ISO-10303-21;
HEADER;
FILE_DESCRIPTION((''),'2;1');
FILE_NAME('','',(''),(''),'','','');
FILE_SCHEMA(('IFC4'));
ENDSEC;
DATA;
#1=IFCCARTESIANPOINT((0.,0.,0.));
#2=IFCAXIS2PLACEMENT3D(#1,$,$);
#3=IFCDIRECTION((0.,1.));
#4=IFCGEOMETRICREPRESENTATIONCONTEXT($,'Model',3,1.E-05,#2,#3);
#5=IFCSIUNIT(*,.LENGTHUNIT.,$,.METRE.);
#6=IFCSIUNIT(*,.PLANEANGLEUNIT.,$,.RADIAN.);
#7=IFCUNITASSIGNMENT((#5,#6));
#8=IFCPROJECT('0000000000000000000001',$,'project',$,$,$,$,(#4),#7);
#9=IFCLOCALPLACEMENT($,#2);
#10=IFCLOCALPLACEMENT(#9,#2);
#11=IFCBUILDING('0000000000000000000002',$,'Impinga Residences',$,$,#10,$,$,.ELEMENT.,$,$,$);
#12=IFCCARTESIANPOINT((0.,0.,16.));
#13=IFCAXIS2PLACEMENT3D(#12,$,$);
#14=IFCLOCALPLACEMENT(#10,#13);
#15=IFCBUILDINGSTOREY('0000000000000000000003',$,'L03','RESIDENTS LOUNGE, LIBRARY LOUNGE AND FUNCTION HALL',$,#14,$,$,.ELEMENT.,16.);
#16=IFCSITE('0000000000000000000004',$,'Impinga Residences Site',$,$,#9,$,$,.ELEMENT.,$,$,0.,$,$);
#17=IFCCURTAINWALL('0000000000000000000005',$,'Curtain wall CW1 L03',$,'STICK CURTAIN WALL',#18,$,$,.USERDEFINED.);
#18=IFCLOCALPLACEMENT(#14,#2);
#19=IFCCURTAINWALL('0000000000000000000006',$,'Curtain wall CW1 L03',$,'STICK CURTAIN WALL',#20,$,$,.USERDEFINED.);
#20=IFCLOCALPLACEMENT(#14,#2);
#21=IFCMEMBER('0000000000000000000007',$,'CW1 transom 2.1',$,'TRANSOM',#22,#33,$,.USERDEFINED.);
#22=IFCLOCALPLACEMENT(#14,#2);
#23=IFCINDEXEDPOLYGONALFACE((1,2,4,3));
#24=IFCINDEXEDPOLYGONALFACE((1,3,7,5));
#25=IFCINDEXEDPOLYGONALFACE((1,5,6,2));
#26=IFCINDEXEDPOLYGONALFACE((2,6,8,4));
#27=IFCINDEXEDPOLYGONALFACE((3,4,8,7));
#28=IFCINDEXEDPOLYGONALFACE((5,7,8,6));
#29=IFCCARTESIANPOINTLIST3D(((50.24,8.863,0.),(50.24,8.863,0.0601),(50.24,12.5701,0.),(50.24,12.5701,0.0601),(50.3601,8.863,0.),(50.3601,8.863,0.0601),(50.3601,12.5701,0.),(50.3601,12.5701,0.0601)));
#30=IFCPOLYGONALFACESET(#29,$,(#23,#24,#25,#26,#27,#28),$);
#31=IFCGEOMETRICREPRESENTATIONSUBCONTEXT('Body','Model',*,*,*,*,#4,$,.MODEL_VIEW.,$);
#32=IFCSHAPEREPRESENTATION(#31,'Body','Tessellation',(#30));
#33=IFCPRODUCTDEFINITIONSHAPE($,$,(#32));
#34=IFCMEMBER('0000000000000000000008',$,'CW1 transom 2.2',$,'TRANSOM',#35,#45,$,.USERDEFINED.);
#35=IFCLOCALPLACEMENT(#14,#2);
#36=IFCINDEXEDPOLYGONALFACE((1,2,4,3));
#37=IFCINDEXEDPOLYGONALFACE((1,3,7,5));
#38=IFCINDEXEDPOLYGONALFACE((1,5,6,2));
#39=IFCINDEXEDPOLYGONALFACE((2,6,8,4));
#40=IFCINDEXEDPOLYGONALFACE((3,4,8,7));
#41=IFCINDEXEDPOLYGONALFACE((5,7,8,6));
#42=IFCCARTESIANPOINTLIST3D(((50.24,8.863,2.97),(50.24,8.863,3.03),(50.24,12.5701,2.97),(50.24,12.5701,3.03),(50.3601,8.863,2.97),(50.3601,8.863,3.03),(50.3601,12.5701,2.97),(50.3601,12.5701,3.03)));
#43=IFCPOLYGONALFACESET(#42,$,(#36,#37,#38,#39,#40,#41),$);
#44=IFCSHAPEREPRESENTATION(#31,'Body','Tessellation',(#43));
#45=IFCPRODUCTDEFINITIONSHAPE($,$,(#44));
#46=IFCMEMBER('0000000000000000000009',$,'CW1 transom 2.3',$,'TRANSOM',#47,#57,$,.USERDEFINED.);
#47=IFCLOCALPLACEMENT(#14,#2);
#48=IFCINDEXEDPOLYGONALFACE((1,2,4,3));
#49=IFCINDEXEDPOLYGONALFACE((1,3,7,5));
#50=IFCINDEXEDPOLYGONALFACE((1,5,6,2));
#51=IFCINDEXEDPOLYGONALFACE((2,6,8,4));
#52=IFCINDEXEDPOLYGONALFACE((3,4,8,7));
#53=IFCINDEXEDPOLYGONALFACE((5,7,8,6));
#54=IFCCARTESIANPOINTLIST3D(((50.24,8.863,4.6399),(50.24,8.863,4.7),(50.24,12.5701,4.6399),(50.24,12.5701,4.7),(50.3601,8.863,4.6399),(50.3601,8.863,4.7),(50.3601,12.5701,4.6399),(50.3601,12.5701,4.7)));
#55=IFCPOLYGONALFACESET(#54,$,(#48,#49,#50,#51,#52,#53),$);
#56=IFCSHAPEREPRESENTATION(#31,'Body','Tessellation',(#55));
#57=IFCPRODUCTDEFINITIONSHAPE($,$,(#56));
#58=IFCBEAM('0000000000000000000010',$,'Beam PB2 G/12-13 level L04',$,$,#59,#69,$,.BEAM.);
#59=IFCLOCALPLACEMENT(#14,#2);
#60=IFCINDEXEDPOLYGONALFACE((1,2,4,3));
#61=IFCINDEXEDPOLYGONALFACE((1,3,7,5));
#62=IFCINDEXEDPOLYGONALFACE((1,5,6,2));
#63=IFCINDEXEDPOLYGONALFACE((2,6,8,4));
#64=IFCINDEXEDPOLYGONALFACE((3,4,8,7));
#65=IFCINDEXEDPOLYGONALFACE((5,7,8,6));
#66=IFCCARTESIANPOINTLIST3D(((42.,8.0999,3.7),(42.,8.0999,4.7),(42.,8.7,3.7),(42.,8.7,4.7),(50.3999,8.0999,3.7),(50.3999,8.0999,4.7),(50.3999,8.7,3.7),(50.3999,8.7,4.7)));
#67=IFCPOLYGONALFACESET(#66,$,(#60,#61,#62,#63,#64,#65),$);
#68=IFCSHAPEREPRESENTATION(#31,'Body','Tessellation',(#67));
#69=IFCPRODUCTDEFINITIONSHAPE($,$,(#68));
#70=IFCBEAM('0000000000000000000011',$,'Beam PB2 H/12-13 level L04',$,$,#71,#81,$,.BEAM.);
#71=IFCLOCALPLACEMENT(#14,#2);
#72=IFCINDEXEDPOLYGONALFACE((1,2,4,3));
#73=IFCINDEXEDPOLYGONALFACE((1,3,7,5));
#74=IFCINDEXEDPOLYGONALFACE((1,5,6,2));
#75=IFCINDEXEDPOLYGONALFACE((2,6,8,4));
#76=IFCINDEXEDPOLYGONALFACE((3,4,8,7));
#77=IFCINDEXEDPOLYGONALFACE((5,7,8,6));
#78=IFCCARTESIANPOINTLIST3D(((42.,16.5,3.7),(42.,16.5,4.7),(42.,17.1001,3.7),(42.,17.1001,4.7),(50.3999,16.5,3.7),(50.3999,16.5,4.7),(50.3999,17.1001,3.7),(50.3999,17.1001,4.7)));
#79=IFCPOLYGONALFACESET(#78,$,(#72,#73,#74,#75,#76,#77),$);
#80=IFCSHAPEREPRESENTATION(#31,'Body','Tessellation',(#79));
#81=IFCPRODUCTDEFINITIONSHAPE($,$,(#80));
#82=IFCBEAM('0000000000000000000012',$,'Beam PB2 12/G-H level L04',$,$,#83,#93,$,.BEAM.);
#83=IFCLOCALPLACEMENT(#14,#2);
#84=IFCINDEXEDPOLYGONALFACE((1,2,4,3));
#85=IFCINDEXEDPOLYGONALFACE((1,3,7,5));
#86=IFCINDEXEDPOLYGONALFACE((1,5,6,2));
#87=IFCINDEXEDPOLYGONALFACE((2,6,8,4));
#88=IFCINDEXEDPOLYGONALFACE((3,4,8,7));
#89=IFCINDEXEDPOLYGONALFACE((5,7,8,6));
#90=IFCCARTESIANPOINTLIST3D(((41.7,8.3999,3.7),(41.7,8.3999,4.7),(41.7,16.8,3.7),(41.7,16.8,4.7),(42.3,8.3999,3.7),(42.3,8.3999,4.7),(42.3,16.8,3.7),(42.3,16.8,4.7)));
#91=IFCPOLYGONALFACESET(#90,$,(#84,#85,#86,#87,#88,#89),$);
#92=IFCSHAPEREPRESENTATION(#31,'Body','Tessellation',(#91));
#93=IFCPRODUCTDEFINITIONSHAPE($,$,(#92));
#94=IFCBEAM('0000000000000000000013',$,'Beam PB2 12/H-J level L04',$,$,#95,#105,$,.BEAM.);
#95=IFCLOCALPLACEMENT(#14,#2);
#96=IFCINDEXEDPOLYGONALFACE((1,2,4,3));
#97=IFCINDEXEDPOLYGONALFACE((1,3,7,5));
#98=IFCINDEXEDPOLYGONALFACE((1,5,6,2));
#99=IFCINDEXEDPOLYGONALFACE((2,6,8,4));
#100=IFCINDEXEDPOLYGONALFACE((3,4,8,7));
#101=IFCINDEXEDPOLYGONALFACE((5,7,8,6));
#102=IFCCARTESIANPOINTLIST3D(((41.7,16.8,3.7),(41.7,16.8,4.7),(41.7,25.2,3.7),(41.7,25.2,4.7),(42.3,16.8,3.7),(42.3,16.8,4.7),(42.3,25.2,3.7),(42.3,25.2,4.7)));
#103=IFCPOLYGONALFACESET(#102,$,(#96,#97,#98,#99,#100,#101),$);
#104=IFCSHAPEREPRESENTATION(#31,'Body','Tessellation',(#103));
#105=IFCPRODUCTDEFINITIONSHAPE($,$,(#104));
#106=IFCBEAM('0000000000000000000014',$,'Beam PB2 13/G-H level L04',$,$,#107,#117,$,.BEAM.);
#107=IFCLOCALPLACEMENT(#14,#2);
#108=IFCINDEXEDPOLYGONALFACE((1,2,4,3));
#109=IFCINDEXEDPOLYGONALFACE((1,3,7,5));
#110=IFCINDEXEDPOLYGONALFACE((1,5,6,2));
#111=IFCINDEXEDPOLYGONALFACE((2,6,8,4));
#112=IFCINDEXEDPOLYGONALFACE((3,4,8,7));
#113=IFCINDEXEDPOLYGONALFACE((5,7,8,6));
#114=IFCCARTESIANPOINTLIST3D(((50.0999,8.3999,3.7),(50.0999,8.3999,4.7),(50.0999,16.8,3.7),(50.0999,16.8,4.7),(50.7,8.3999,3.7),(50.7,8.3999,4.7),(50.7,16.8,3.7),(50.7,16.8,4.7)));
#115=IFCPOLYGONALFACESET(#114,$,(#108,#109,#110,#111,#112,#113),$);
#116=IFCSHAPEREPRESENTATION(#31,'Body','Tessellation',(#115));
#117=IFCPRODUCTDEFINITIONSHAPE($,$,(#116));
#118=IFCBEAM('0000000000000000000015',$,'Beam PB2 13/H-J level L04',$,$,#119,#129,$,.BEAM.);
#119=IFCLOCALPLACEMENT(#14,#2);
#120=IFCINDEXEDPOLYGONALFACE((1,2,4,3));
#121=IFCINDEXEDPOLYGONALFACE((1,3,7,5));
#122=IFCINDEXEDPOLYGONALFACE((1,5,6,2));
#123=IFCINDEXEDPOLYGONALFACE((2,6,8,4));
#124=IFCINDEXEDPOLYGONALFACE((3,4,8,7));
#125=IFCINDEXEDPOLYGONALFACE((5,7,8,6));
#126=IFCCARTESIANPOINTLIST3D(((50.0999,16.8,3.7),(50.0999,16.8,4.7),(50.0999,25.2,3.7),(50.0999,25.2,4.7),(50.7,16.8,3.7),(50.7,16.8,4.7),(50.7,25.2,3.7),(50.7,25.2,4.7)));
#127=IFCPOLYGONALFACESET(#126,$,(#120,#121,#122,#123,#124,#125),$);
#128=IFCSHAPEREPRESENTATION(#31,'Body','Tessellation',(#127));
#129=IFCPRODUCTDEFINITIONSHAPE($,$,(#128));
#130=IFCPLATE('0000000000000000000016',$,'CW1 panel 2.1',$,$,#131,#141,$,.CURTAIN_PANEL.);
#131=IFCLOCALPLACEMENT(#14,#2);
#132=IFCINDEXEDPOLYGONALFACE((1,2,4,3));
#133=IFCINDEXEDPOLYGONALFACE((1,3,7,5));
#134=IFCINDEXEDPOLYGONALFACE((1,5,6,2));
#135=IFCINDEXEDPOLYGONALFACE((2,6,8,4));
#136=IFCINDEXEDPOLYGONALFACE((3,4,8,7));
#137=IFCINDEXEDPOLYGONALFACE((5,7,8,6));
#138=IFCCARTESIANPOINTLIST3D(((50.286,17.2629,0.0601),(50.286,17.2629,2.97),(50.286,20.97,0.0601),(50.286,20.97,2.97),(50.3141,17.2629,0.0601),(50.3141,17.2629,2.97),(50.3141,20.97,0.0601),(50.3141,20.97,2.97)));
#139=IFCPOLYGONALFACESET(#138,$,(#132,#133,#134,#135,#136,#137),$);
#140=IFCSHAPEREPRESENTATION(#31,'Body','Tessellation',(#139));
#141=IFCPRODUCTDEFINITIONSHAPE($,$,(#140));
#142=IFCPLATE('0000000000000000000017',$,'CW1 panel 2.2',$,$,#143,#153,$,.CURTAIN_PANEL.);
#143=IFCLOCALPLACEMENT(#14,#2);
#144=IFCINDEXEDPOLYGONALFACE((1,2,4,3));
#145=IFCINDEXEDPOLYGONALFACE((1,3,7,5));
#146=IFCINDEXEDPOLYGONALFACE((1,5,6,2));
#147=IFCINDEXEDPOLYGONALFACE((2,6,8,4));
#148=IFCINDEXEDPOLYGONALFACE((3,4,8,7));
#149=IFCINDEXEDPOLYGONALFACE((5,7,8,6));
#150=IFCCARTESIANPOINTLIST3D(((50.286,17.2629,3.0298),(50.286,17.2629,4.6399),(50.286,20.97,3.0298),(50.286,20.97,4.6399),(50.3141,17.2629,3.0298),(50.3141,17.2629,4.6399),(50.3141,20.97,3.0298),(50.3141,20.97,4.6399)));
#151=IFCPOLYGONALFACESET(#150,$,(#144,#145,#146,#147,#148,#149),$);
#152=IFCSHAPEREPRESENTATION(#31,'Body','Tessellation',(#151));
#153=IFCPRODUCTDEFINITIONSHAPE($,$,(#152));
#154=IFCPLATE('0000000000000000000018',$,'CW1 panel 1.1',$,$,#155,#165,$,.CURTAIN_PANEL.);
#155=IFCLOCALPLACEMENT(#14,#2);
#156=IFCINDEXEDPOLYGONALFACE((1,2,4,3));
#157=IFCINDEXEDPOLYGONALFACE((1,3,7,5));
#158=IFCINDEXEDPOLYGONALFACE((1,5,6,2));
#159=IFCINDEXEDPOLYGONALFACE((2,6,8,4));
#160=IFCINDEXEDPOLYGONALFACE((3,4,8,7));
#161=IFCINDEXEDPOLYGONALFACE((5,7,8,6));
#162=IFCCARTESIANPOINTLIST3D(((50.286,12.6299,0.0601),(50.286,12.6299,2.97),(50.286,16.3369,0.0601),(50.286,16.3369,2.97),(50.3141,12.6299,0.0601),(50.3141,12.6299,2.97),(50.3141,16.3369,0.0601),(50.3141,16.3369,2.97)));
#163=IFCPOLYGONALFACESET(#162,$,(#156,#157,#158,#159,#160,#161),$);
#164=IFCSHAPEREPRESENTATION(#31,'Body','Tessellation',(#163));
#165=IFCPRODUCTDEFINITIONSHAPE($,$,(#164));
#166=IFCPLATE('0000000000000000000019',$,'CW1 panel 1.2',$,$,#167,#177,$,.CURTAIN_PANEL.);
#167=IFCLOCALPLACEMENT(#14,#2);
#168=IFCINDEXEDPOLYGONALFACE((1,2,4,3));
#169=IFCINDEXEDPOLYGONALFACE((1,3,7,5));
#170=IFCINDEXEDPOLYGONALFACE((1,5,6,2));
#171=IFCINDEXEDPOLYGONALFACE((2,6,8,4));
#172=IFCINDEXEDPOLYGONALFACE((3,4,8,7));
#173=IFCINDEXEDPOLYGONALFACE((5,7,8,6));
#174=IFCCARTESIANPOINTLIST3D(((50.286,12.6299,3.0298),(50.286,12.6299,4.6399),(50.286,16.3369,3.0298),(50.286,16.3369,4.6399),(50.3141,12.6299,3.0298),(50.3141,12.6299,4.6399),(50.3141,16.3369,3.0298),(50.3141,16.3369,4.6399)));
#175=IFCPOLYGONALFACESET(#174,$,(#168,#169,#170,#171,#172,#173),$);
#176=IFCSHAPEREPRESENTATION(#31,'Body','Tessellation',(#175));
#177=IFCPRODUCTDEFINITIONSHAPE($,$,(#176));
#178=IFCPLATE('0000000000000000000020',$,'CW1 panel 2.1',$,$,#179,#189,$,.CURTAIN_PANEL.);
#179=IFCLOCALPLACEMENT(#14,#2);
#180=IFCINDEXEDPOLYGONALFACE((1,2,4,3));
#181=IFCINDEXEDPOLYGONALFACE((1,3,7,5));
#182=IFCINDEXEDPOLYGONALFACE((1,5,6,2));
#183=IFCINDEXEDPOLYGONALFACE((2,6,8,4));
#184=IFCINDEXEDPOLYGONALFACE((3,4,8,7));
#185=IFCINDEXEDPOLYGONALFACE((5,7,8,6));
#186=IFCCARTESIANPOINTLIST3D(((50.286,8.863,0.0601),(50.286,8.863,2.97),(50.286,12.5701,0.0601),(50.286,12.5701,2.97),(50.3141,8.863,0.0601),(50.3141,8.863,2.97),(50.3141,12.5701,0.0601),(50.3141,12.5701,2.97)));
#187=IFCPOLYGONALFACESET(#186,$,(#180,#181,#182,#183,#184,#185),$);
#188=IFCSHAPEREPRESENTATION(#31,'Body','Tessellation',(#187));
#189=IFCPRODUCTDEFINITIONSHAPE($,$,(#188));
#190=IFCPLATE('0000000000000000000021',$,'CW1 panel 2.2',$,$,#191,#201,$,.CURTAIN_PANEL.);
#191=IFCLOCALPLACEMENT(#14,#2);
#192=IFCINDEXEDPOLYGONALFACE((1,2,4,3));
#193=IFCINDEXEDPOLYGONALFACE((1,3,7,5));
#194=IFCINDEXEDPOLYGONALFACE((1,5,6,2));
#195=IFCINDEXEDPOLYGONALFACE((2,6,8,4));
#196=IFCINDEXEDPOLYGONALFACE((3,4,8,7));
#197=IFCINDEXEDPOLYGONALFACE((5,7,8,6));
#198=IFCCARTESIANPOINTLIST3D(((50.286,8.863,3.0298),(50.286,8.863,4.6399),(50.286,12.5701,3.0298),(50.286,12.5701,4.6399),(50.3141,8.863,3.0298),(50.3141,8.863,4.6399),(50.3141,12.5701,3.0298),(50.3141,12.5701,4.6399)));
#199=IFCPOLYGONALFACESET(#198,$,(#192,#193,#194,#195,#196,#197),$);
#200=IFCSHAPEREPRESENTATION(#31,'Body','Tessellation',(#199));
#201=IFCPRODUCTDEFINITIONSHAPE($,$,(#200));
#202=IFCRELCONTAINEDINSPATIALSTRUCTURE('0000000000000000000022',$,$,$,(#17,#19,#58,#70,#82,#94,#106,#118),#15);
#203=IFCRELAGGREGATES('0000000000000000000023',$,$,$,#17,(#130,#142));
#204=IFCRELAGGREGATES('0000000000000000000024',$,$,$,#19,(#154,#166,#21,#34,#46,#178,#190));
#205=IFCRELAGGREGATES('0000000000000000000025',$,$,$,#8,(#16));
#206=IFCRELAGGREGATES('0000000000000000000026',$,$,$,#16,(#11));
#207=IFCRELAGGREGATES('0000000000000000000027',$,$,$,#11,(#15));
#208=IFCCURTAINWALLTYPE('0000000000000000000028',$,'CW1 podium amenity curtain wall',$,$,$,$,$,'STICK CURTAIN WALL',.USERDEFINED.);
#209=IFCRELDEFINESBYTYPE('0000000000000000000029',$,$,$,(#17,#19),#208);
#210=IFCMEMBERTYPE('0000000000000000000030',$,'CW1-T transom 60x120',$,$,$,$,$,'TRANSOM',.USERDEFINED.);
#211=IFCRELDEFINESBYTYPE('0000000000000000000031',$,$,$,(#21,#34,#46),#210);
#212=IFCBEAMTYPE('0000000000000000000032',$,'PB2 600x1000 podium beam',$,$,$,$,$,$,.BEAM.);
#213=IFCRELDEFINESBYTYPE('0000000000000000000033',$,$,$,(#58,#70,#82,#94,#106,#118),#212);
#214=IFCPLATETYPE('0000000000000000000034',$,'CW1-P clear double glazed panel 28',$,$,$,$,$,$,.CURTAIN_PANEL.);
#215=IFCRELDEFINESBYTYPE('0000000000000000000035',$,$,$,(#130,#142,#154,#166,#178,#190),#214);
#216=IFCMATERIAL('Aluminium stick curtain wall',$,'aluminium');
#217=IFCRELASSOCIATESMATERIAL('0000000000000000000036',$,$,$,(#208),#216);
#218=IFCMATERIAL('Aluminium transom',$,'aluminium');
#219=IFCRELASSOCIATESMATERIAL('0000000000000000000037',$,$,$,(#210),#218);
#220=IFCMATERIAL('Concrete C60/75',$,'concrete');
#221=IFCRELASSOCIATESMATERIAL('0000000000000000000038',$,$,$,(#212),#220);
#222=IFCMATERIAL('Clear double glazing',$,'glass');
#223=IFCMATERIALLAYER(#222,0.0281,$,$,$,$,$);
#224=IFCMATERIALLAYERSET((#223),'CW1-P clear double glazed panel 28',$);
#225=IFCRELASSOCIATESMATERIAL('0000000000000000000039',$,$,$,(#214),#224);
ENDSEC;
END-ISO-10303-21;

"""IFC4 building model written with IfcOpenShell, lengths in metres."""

from ifc_helpers import new_model, si_unit, direction, frame, origin, origin_2d, place, context, subcontext, project, spatial, rectangle, extrude, material, layer, layer_set, material_profile, profile_set, type_object, element, aggregate, save


model = new_model("IFC4")

# Units and contexts
model_context = context("Model", 3, precision=1e-05, world=origin(), true_north=direction((0.0, 1.0)))
body_context = subcontext(model_context, "Body", "Model", "MODEL_VIEW")
ifc_project = project(units=[si_unit("LENGTHUNIT", "METRE"), si_unit("PLANEANGLEUNIT", "RADIAN")], contexts=[model_context])

# Site, building, storey
site_placement = place(None, origin())
site = spatial("IfcSite", under=ifc_project, at=site_placement, Name="Impinga Residences Site", CompositionType="ELEMENT", RefElevation=0.0)
building_placement = place(site_placement, origin())
building = spatial("IfcBuilding", under=site, at=building_placement, Name="Impinga Residences", CompositionType="ELEMENT")
storey_placement = place(building_placement, frame((0.0, 0.0, 16.0)))
storey = spatial("IfcBuildingStorey", under=building, at=storey_placement, Name="L03", Description="RESIDENTS LOUNGE, LIBRARY LOUNGE AND FUNCTION HALL", CompositionType="ELEMENT", Elevation=16.0)

# Curtain walls
ifc_material_1 = material(Name="Aluminium stick curtain wall", Category="aluminium")
curtain_wall_type = type_object("IfcCurtainWallType", Name="CW1 podium amenity curtain wall", ElementType="STICK CURTAIN WALL", PredefinedType="USERDEFINED", material=ifc_material_1)
curtain_wall_1_placement = place(storey_placement, origin())
curtain_wall_1 = element("IfcCurtainWall", 1, at=curtain_wall_1_placement, inside=storey, type_object=curtain_wall_type, Name="Curtain wall CW1 L03", ObjectType="STICK CURTAIN WALL", PredefinedType="USERDEFINED")
curtain_wall_2_placement = place(storey_placement, origin())
curtain_wall_2 = element("IfcCurtainWall", 2, at=curtain_wall_2_placement, inside=storey, type_object=curtain_wall_type, Name="Curtain wall CW1 L03", ObjectType="STICK CURTAIN WALL", PredefinedType="USERDEFINED")

# Members
ifc_material_2 = material(Name="Aluminium transom", Category="aluminium")
ifc_material_profile_1 = material_profile(ifc_material_2, rectangle(XDim=0.0601, YDim=0.1201, at=origin_2d()), Name="60x120 transom")
ifc_profile_set_1 = profile_set([ifc_material_profile_1], Name="Aluminium transom")
member_type_1 = type_object("IfcMemberType", Name="CW1-T transom 60x120", ElementType="TRANSOM", PredefinedType="USERDEFINED", material=ifc_profile_set_1)
member_1_placement = place(storey_placement, frame((50.3, 12.5701, 0.03), z_axis=(0.0, -1.0, 0.0), x_axis=(0.0, 0.0, 1.0)))
member_1 = element("IfcMember", 3, at=member_1_placement, type_object=member_type_1, Name="CW1 transom 2.1", ObjectType="TRANSOM", PredefinedType="USERDEFINED", context=body_context, shape_type="SweptSolid", body=[
    extrude(rectangle(XDim=0.0601, YDim=0.1201, at=origin_2d()), origin(), (0.0, 0.0, 1.0), 3.707),
])
member_2_placement = place(storey_placement, frame((50.3, 12.5701, 3.0), z_axis=(0.0, -1.0, 0.0), x_axis=(0.0, 0.0, 1.0)))
member_2 = element("IfcMember", 4, at=member_2_placement, type_object=member_type_1, Name="CW1 transom 2.2", ObjectType="TRANSOM", PredefinedType="USERDEFINED", context=body_context, shape_type="SweptSolid", body=[
    extrude(rectangle(XDim=0.0601, YDim=0.1201, at=origin_2d()), origin(), (0.0, 0.0, 1.0), 3.707),
])
member_3_placement = place(storey_placement, frame((50.3, 12.5701, 4.6699), z_axis=(0.0, -1.0, 0.0), x_axis=(0.0, 0.0, 1.0)))
member_3 = element("IfcMember", 5, at=member_3_placement, type_object=member_type_1, Name="CW1 transom 2.3", ObjectType="TRANSOM", PredefinedType="USERDEFINED", context=body_context, shape_type="SweptSolid", body=[
    extrude(rectangle(XDim=0.0601, YDim=0.1201, at=origin_2d()), origin(), (0.0, 0.0, 1.0), 3.707),
])

# Beams
ifc_material_3 = material(Name="Concrete C60/75", Category="concrete")
ifc_material_profile_2 = material_profile(ifc_material_3, rectangle(XDim=0.6001, YDim=1.0, at=origin_2d()), Name="RC 600x1000")
ifc_profile_set_2 = profile_set([ifc_material_profile_2], Name="Concrete C60/75")
beam_type = type_object("IfcBeamType", Name="PB2 600x1000 podium beam", PredefinedType="BEAM", material=ifc_profile_set_2)
for number, where, z_axis, x_axis, name in (
    (6, (42.0, 8.3999, 4.2), (1.0, 0.0, 0.0), (0.0, 1.0, 0.0), "Beam PB2 G/12-13 level L04"),
    (7, (42.0, 16.8, 4.2), (1.0, 0.0, 0.0), (0.0, 1.0, 0.0), "Beam PB2 H/12-13 level L04"),
):
    element("IfcBeam", number, at=place(storey_placement, frame(where, z_axis=z_axis, x_axis=x_axis)), inside=storey, type_object=beam_type, Name=name, PredefinedType="BEAM", context=body_context, shape_type="SweptSolid", body=[
        extrude(rectangle(XDim=0.6001, YDim=1.0, at=origin_2d()), origin(), (0.0, 0.0, 1.0), 8.3999),
    ])
beam_1_placement = place(storey_placement, frame((42.0, 8.3999, 4.2), z_axis=(0.0, 1.0, 0.0), x_axis=(-1.0, 0.0, 0.0)))
element("IfcBeam", 8, at=beam_1_placement, inside=storey, type_object=beam_type, Name="Beam PB2 12/G-H level L04", PredefinedType="BEAM", context=body_context, shape_type="SweptSolid", body=[
    extrude(rectangle(XDim=0.6001, YDim=1.0, at=origin_2d()), origin(), (0.0, 0.0, 1.0), 8.4001),
])
beam_2_placement = place(storey_placement, frame((42.0, 16.8, 4.2), z_axis=(0.0, 1.0, 0.0), x_axis=(-1.0, 0.0, 0.0)))
element("IfcBeam", 9, at=beam_2_placement, inside=storey, type_object=beam_type, Name="Beam PB2 12/H-J level L04", PredefinedType="BEAM", context=body_context, shape_type="SweptSolid", body=[
    extrude(rectangle(XDim=0.6001, YDim=1.0, at=origin_2d()), origin(), (0.0, 0.0, 1.0), 8.3999),
])
beam_3_placement = place(storey_placement, frame((50.3999, 8.3999, 4.2), z_axis=(0.0, 1.0, 0.0), x_axis=(-1.0, 0.0, 0.0)))
element("IfcBeam", 10, at=beam_3_placement, inside=storey, type_object=beam_type, Name="Beam PB2 13/G-H level L04", PredefinedType="BEAM", context=body_context, shape_type="SweptSolid", body=[
    extrude(rectangle(XDim=0.6001, YDim=1.0, at=origin_2d()), origin(), (0.0, 0.0, 1.0), 8.4001),
])
beam_4_placement = place(storey_placement, frame((50.3999, 16.8, 4.2), z_axis=(0.0, 1.0, 0.0), x_axis=(-1.0, 0.0, 0.0)))
element("IfcBeam", 11, at=beam_4_placement, inside=storey, type_object=beam_type, Name="Beam PB2 13/H-J level L04", PredefinedType="BEAM", context=body_context, shape_type="SweptSolid", body=[
    extrude(rectangle(XDim=0.6001, YDim=1.0, at=origin_2d()), origin(), (0.0, 0.0, 1.0), 8.3999),
])

# Plates
ifc_material_4 = material(Name="Clear double glazing", Category="glass")
ifc_layer = layer(ifc_material_4, 0.0281)
ifc_layer_set = layer_set([ifc_layer], Name="CW1-P clear double glazed panel 28")
plate_type = type_object("IfcPlateType", Name="CW1-P clear double glazed panel 28", PredefinedType="CURTAIN_PANEL", material=ifc_layer_set)
plate_1_placement = place(storey_placement, frame((50.3, 19.1165, 0.0601), z_axis=(0.0, 0.0, 1.0), x_axis=(0.0, -1.0, 0.0)))
plate_1 = element("IfcPlate", 12, at=plate_1_placement, type_object=plate_type, Name="CW1 panel 2.1", PredefinedType="CURTAIN_PANEL", context=body_context, shape_type="SweptSolid", body=[
    extrude(rectangle(XDim=3.707, YDim=0.0281, at=origin_2d()), origin(), (0.0, 0.0, 1.0), 2.9099),
])
plate_2_placement = place(storey_placement, frame((50.3, 19.1165, 3.0298), z_axis=(0.0, 0.0, 1.0), x_axis=(0.0, -1.0, 0.0)))
plate_2 = element("IfcPlate", 13, at=plate_2_placement, type_object=plate_type, Name="CW1 panel 2.2", PredefinedType="CURTAIN_PANEL", context=body_context, shape_type="SweptSolid", body=[
    extrude(rectangle(XDim=3.707, YDim=0.0281, at=origin_2d()), origin(), (0.0, 0.0, 1.0), 1.6101),
])
aggregate(curtain_wall_1, [plate_1, plate_2])
plate_3_placement = place(storey_placement, frame((50.3, 14.4834, 0.0601), z_axis=(0.0, 0.0, 1.0), x_axis=(0.0, -1.0, 0.0)))
plate_3 = element("IfcPlate", 14, at=plate_3_placement, type_object=plate_type, Name="CW1 panel 1.1", PredefinedType="CURTAIN_PANEL", context=body_context, shape_type="SweptSolid", body=[
    extrude(rectangle(XDim=3.707, YDim=0.0281, at=origin_2d()), origin(), (0.0, 0.0, 1.0), 2.9099),
])
plate_4_placement = place(storey_placement, frame((50.3, 14.4834, 3.0298), z_axis=(0.0, 0.0, 1.0), x_axis=(0.0, -1.0, 0.0)))
plate_4 = element("IfcPlate", 15, at=plate_4_placement, type_object=plate_type, Name="CW1 panel 1.2", PredefinedType="CURTAIN_PANEL", context=body_context, shape_type="SweptSolid", body=[
    extrude(rectangle(XDim=3.707, YDim=0.0281, at=origin_2d()), origin(), (0.0, 0.0, 1.0), 1.6101),
])
plate_5_placement = place(storey_placement, frame((50.3, 10.7166, 0.0601), z_axis=(0.0, 0.0, 1.0), x_axis=(0.0, -1.0, 0.0)))
plate_5 = element("IfcPlate", 16, at=plate_5_placement, type_object=plate_type, Name="CW1 panel 2.1", PredefinedType="CURTAIN_PANEL", context=body_context, shape_type="SweptSolid", body=[
    extrude(rectangle(XDim=3.707, YDim=0.0281, at=origin_2d()), origin(), (0.0, 0.0, 1.0), 2.9099),
])
plate_6_placement = place(storey_placement, frame((50.3, 10.7166, 3.0298), z_axis=(0.0, 0.0, 1.0), x_axis=(0.0, -1.0, 0.0)))
plate_6 = element("IfcPlate", 17, at=plate_6_placement, type_object=plate_type, Name="CW1 panel 2.2", PredefinedType="CURTAIN_PANEL", context=body_context, shape_type="SweptSolid", body=[
    extrude(rectangle(XDim=3.707, YDim=0.0281, at=origin_2d()), origin(), (0.0, 0.0, 1.0), 1.6101),
])
aggregate(curtain_wall_2, [plate_3, plate_4, member_1, member_2, member_3, plate_5, plate_6])

save(model, "model.ifc")
